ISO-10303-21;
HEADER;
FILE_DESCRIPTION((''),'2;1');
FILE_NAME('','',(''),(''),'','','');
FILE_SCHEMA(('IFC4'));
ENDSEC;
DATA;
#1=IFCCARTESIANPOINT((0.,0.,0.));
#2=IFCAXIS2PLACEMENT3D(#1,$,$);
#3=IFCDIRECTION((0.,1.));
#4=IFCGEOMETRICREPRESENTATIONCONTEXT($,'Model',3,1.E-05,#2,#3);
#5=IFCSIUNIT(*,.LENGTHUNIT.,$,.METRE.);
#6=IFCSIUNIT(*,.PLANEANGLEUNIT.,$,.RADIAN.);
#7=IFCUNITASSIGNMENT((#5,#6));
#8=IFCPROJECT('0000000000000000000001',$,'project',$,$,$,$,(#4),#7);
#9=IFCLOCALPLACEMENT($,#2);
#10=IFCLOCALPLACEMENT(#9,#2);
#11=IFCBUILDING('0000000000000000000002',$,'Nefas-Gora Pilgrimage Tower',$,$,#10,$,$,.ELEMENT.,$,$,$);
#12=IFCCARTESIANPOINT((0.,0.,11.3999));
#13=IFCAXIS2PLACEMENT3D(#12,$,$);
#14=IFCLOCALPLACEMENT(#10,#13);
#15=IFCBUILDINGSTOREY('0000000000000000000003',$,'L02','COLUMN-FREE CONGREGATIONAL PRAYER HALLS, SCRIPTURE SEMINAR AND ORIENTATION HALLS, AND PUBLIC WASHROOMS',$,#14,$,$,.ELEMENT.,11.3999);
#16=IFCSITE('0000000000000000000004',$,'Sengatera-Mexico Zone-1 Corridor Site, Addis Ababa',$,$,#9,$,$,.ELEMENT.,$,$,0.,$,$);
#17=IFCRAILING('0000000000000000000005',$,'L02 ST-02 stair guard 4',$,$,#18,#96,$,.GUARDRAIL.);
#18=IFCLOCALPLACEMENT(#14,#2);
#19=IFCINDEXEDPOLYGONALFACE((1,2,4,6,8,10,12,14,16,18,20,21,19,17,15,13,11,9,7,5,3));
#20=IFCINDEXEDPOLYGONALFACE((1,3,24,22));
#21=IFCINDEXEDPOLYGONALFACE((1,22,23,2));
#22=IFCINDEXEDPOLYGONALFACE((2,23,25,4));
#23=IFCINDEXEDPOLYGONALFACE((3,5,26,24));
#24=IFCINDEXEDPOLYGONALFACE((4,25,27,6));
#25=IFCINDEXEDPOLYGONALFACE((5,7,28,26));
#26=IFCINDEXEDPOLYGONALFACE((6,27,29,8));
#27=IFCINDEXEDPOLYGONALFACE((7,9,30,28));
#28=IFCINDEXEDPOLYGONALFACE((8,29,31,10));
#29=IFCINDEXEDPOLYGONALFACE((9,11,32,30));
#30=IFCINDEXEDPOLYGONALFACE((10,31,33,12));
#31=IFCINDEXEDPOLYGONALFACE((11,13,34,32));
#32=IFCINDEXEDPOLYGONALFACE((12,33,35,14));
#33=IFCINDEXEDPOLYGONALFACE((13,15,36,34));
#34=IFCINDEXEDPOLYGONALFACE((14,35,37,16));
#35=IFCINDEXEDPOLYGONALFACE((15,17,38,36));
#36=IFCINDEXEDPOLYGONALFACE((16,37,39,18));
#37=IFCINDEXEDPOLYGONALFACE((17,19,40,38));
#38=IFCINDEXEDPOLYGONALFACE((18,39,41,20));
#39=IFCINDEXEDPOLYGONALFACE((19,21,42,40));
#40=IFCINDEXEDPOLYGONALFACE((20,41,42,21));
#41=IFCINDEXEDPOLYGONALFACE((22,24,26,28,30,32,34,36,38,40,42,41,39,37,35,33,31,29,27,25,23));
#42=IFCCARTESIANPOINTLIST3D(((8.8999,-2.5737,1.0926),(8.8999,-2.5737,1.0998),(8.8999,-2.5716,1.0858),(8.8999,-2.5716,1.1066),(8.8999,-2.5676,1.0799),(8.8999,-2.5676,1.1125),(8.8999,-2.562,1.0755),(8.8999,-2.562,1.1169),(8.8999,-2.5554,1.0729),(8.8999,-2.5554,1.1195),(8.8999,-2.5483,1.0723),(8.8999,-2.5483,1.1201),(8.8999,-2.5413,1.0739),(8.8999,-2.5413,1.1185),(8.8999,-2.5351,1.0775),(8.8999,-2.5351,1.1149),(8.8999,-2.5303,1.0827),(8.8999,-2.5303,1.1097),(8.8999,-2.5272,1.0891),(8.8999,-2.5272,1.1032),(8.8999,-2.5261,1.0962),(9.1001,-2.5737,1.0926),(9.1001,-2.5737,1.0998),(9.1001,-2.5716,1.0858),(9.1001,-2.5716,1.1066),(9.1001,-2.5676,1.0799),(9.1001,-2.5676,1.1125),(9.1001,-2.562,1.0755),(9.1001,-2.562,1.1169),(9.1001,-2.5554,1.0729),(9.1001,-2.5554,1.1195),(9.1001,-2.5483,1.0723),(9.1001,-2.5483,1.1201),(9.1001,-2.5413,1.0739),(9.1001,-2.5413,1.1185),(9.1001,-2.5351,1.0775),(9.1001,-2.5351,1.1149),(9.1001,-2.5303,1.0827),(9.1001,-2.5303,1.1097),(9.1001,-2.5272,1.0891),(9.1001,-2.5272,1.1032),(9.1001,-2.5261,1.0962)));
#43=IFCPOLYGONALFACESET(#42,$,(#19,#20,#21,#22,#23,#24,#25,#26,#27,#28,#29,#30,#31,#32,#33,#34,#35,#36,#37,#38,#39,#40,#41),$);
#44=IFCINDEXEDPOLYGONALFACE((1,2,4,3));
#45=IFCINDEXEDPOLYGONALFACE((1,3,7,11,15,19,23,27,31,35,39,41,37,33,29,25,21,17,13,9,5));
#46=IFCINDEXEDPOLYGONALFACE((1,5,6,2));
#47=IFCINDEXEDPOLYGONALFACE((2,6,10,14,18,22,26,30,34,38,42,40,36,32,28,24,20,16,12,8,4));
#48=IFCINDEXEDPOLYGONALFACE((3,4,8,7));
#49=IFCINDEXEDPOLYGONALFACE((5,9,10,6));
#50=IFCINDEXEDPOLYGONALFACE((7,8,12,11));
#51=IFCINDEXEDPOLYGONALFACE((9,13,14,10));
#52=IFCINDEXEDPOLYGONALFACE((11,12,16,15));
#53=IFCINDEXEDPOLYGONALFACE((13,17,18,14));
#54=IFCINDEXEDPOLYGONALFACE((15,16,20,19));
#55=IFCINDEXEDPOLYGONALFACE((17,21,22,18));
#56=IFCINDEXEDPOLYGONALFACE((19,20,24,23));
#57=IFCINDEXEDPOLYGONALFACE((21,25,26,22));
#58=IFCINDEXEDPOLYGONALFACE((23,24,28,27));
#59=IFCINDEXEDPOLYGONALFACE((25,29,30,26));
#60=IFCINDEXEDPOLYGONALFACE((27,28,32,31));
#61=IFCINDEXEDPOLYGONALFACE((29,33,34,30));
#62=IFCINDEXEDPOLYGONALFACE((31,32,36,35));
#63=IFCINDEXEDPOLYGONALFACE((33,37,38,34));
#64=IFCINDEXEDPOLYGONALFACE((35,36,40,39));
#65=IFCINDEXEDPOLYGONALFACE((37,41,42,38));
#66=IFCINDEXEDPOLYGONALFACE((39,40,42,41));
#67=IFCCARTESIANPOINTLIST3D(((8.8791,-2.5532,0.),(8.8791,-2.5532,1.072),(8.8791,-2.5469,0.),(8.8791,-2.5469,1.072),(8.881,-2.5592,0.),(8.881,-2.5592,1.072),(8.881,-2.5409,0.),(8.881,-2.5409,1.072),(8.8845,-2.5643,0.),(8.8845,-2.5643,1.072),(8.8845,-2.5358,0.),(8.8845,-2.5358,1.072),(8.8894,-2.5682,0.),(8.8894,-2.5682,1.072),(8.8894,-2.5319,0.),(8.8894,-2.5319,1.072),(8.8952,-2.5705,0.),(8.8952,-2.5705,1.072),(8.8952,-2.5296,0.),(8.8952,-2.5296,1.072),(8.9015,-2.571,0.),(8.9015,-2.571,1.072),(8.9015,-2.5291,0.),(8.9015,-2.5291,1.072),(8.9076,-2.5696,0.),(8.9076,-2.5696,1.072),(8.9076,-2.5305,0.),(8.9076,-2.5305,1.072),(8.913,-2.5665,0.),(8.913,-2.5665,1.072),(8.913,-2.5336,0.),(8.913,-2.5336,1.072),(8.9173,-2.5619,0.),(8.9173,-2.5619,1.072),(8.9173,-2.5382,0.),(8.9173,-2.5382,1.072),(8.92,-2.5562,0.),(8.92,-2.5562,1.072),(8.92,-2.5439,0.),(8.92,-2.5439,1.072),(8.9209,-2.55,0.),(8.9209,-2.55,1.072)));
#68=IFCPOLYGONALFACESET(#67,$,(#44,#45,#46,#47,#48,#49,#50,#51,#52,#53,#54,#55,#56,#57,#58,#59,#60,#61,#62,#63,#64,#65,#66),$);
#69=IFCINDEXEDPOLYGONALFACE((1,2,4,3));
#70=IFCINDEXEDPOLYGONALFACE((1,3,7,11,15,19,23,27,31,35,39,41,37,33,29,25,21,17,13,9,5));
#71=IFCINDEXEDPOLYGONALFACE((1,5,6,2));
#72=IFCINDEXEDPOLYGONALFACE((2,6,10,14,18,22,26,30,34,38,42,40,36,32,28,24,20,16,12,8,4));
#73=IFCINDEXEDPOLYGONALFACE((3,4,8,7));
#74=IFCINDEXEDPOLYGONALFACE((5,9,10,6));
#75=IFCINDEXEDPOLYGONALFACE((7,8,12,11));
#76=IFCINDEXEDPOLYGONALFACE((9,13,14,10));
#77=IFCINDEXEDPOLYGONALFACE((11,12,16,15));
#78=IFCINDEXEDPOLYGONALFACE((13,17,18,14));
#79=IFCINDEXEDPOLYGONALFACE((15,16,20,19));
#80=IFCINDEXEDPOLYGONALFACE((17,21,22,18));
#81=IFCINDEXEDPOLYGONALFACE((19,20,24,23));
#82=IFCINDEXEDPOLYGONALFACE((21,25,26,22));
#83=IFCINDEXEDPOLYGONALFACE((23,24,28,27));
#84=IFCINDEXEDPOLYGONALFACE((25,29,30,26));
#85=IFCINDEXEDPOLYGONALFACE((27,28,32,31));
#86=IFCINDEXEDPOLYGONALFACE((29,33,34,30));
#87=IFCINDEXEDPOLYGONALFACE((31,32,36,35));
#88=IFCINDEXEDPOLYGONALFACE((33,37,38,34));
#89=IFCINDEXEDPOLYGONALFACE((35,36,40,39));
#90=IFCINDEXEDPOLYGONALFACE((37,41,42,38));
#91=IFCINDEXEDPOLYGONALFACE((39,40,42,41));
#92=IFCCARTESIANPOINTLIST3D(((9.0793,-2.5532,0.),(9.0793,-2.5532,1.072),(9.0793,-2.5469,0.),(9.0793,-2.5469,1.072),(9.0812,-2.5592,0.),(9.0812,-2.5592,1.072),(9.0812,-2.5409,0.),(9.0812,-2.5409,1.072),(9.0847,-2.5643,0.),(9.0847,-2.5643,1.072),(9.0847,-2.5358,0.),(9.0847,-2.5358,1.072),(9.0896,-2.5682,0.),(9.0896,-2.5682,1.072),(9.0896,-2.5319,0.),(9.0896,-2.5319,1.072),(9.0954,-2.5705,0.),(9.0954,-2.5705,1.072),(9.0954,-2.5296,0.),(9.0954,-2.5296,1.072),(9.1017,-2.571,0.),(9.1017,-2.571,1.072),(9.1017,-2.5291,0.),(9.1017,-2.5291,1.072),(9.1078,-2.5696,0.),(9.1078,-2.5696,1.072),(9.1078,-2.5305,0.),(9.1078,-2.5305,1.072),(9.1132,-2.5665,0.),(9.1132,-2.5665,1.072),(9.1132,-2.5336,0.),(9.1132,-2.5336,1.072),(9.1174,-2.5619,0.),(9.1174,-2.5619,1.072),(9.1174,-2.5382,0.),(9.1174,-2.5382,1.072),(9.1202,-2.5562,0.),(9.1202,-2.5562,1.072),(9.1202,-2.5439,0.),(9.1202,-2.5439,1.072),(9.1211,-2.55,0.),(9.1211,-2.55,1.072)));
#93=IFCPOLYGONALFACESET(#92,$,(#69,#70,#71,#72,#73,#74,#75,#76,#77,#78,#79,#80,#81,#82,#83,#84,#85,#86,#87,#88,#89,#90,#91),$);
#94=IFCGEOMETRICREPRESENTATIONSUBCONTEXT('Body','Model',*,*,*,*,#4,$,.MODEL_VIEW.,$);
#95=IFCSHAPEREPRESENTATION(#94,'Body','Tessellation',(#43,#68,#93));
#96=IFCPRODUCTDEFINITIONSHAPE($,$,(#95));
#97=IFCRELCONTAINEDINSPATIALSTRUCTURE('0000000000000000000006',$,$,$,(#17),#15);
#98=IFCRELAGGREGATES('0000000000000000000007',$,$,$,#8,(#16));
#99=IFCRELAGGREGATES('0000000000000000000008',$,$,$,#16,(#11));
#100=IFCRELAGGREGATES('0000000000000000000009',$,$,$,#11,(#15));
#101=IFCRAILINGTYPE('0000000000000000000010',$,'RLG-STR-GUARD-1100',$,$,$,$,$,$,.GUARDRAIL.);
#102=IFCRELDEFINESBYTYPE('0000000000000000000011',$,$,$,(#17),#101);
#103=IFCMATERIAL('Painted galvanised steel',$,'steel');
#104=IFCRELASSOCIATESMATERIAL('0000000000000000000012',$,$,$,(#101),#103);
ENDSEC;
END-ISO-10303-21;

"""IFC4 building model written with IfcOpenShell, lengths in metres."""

from ifc_helpers import new_model, si_unit, direction, frame, origin, origin_2d, place, context, subcontext, project, spatial, circle, extrude, material, type_object, element, save


model = new_model("IFC4")

# Units and contexts
model_context = context("Model", 3, precision=1e-05, world=origin(), true_north=direction((0.0, 1.0)))
body_context = subcontext(model_context, "Body", "Model", "MODEL_VIEW")
ifc_project = project(units=[si_unit("LENGTHUNIT", "METRE"), si_unit("PLANEANGLEUNIT", "RADIAN")], contexts=[model_context])

# Site, building, storey
site_placement = place(None, origin())
site = spatial("IfcSite", under=ifc_project, at=site_placement, Name="Sengatera-Mexico Zone-1 Corridor Site, Addis Ababa", CompositionType="ELEMENT", RefElevation=0.0)
building_placement = place(site_placement, origin())
building = spatial("IfcBuilding", under=site, at=building_placement, Name="Nefas-Gora Pilgrimage Tower", CompositionType="ELEMENT")
storey_placement = place(building_placement, frame((0.0, 0.0, 11.3999)))
storey = spatial("IfcBuildingStorey", under=building, at=storey_placement, Name="L02", Description="COLUMN-FREE CONGREGATIONAL PRAYER HALLS, SCRIPTURE SEMINAR AND ORIENTATION HALLS, AND PUBLIC WASHROOMS", CompositionType="ELEMENT", Elevation=11.3999)

# Railing
ifc_material_1 = material(Name="Painted galvanised steel", Category="steel")
railing_type_1 = type_object("IfcRailingType", Name="RLG-STR-GUARD-1100", PredefinedType="GUARDRAIL", material=ifc_material_1)
railing_1_placement = place(storey_placement, frame((8.8999, -2.55, 0.0)))
element("IfcRailing", 1, at=railing_1_placement, inside=storey, type_object=railing_type_1, Name="L02 ST-02 stair guard 4", PredefinedType="GUARDRAIL", context=body_context, shape_type="SweptSolid", body=[
    extrude(circle(Radius=0.0239, at=origin_2d()), frame((0.0, 0.0, 1.0962), z_axis=(1.0, 0.0, 0.0), x_axis=(0.0, 1.0, 0.0)), (0.0, 0.0, 1.0), 0.2002),
    extrude(circle(Radius=0.021, at=origin_2d()), origin(), (0.0, 0.0, 1.0), 1.072),
    extrude(circle(Radius=0.021, at=origin_2d()), frame((0.2002, 0.0, 0.0)), (0.0, 0.0, 1.0), 1.072),
])

save(model, "model.ifc")
